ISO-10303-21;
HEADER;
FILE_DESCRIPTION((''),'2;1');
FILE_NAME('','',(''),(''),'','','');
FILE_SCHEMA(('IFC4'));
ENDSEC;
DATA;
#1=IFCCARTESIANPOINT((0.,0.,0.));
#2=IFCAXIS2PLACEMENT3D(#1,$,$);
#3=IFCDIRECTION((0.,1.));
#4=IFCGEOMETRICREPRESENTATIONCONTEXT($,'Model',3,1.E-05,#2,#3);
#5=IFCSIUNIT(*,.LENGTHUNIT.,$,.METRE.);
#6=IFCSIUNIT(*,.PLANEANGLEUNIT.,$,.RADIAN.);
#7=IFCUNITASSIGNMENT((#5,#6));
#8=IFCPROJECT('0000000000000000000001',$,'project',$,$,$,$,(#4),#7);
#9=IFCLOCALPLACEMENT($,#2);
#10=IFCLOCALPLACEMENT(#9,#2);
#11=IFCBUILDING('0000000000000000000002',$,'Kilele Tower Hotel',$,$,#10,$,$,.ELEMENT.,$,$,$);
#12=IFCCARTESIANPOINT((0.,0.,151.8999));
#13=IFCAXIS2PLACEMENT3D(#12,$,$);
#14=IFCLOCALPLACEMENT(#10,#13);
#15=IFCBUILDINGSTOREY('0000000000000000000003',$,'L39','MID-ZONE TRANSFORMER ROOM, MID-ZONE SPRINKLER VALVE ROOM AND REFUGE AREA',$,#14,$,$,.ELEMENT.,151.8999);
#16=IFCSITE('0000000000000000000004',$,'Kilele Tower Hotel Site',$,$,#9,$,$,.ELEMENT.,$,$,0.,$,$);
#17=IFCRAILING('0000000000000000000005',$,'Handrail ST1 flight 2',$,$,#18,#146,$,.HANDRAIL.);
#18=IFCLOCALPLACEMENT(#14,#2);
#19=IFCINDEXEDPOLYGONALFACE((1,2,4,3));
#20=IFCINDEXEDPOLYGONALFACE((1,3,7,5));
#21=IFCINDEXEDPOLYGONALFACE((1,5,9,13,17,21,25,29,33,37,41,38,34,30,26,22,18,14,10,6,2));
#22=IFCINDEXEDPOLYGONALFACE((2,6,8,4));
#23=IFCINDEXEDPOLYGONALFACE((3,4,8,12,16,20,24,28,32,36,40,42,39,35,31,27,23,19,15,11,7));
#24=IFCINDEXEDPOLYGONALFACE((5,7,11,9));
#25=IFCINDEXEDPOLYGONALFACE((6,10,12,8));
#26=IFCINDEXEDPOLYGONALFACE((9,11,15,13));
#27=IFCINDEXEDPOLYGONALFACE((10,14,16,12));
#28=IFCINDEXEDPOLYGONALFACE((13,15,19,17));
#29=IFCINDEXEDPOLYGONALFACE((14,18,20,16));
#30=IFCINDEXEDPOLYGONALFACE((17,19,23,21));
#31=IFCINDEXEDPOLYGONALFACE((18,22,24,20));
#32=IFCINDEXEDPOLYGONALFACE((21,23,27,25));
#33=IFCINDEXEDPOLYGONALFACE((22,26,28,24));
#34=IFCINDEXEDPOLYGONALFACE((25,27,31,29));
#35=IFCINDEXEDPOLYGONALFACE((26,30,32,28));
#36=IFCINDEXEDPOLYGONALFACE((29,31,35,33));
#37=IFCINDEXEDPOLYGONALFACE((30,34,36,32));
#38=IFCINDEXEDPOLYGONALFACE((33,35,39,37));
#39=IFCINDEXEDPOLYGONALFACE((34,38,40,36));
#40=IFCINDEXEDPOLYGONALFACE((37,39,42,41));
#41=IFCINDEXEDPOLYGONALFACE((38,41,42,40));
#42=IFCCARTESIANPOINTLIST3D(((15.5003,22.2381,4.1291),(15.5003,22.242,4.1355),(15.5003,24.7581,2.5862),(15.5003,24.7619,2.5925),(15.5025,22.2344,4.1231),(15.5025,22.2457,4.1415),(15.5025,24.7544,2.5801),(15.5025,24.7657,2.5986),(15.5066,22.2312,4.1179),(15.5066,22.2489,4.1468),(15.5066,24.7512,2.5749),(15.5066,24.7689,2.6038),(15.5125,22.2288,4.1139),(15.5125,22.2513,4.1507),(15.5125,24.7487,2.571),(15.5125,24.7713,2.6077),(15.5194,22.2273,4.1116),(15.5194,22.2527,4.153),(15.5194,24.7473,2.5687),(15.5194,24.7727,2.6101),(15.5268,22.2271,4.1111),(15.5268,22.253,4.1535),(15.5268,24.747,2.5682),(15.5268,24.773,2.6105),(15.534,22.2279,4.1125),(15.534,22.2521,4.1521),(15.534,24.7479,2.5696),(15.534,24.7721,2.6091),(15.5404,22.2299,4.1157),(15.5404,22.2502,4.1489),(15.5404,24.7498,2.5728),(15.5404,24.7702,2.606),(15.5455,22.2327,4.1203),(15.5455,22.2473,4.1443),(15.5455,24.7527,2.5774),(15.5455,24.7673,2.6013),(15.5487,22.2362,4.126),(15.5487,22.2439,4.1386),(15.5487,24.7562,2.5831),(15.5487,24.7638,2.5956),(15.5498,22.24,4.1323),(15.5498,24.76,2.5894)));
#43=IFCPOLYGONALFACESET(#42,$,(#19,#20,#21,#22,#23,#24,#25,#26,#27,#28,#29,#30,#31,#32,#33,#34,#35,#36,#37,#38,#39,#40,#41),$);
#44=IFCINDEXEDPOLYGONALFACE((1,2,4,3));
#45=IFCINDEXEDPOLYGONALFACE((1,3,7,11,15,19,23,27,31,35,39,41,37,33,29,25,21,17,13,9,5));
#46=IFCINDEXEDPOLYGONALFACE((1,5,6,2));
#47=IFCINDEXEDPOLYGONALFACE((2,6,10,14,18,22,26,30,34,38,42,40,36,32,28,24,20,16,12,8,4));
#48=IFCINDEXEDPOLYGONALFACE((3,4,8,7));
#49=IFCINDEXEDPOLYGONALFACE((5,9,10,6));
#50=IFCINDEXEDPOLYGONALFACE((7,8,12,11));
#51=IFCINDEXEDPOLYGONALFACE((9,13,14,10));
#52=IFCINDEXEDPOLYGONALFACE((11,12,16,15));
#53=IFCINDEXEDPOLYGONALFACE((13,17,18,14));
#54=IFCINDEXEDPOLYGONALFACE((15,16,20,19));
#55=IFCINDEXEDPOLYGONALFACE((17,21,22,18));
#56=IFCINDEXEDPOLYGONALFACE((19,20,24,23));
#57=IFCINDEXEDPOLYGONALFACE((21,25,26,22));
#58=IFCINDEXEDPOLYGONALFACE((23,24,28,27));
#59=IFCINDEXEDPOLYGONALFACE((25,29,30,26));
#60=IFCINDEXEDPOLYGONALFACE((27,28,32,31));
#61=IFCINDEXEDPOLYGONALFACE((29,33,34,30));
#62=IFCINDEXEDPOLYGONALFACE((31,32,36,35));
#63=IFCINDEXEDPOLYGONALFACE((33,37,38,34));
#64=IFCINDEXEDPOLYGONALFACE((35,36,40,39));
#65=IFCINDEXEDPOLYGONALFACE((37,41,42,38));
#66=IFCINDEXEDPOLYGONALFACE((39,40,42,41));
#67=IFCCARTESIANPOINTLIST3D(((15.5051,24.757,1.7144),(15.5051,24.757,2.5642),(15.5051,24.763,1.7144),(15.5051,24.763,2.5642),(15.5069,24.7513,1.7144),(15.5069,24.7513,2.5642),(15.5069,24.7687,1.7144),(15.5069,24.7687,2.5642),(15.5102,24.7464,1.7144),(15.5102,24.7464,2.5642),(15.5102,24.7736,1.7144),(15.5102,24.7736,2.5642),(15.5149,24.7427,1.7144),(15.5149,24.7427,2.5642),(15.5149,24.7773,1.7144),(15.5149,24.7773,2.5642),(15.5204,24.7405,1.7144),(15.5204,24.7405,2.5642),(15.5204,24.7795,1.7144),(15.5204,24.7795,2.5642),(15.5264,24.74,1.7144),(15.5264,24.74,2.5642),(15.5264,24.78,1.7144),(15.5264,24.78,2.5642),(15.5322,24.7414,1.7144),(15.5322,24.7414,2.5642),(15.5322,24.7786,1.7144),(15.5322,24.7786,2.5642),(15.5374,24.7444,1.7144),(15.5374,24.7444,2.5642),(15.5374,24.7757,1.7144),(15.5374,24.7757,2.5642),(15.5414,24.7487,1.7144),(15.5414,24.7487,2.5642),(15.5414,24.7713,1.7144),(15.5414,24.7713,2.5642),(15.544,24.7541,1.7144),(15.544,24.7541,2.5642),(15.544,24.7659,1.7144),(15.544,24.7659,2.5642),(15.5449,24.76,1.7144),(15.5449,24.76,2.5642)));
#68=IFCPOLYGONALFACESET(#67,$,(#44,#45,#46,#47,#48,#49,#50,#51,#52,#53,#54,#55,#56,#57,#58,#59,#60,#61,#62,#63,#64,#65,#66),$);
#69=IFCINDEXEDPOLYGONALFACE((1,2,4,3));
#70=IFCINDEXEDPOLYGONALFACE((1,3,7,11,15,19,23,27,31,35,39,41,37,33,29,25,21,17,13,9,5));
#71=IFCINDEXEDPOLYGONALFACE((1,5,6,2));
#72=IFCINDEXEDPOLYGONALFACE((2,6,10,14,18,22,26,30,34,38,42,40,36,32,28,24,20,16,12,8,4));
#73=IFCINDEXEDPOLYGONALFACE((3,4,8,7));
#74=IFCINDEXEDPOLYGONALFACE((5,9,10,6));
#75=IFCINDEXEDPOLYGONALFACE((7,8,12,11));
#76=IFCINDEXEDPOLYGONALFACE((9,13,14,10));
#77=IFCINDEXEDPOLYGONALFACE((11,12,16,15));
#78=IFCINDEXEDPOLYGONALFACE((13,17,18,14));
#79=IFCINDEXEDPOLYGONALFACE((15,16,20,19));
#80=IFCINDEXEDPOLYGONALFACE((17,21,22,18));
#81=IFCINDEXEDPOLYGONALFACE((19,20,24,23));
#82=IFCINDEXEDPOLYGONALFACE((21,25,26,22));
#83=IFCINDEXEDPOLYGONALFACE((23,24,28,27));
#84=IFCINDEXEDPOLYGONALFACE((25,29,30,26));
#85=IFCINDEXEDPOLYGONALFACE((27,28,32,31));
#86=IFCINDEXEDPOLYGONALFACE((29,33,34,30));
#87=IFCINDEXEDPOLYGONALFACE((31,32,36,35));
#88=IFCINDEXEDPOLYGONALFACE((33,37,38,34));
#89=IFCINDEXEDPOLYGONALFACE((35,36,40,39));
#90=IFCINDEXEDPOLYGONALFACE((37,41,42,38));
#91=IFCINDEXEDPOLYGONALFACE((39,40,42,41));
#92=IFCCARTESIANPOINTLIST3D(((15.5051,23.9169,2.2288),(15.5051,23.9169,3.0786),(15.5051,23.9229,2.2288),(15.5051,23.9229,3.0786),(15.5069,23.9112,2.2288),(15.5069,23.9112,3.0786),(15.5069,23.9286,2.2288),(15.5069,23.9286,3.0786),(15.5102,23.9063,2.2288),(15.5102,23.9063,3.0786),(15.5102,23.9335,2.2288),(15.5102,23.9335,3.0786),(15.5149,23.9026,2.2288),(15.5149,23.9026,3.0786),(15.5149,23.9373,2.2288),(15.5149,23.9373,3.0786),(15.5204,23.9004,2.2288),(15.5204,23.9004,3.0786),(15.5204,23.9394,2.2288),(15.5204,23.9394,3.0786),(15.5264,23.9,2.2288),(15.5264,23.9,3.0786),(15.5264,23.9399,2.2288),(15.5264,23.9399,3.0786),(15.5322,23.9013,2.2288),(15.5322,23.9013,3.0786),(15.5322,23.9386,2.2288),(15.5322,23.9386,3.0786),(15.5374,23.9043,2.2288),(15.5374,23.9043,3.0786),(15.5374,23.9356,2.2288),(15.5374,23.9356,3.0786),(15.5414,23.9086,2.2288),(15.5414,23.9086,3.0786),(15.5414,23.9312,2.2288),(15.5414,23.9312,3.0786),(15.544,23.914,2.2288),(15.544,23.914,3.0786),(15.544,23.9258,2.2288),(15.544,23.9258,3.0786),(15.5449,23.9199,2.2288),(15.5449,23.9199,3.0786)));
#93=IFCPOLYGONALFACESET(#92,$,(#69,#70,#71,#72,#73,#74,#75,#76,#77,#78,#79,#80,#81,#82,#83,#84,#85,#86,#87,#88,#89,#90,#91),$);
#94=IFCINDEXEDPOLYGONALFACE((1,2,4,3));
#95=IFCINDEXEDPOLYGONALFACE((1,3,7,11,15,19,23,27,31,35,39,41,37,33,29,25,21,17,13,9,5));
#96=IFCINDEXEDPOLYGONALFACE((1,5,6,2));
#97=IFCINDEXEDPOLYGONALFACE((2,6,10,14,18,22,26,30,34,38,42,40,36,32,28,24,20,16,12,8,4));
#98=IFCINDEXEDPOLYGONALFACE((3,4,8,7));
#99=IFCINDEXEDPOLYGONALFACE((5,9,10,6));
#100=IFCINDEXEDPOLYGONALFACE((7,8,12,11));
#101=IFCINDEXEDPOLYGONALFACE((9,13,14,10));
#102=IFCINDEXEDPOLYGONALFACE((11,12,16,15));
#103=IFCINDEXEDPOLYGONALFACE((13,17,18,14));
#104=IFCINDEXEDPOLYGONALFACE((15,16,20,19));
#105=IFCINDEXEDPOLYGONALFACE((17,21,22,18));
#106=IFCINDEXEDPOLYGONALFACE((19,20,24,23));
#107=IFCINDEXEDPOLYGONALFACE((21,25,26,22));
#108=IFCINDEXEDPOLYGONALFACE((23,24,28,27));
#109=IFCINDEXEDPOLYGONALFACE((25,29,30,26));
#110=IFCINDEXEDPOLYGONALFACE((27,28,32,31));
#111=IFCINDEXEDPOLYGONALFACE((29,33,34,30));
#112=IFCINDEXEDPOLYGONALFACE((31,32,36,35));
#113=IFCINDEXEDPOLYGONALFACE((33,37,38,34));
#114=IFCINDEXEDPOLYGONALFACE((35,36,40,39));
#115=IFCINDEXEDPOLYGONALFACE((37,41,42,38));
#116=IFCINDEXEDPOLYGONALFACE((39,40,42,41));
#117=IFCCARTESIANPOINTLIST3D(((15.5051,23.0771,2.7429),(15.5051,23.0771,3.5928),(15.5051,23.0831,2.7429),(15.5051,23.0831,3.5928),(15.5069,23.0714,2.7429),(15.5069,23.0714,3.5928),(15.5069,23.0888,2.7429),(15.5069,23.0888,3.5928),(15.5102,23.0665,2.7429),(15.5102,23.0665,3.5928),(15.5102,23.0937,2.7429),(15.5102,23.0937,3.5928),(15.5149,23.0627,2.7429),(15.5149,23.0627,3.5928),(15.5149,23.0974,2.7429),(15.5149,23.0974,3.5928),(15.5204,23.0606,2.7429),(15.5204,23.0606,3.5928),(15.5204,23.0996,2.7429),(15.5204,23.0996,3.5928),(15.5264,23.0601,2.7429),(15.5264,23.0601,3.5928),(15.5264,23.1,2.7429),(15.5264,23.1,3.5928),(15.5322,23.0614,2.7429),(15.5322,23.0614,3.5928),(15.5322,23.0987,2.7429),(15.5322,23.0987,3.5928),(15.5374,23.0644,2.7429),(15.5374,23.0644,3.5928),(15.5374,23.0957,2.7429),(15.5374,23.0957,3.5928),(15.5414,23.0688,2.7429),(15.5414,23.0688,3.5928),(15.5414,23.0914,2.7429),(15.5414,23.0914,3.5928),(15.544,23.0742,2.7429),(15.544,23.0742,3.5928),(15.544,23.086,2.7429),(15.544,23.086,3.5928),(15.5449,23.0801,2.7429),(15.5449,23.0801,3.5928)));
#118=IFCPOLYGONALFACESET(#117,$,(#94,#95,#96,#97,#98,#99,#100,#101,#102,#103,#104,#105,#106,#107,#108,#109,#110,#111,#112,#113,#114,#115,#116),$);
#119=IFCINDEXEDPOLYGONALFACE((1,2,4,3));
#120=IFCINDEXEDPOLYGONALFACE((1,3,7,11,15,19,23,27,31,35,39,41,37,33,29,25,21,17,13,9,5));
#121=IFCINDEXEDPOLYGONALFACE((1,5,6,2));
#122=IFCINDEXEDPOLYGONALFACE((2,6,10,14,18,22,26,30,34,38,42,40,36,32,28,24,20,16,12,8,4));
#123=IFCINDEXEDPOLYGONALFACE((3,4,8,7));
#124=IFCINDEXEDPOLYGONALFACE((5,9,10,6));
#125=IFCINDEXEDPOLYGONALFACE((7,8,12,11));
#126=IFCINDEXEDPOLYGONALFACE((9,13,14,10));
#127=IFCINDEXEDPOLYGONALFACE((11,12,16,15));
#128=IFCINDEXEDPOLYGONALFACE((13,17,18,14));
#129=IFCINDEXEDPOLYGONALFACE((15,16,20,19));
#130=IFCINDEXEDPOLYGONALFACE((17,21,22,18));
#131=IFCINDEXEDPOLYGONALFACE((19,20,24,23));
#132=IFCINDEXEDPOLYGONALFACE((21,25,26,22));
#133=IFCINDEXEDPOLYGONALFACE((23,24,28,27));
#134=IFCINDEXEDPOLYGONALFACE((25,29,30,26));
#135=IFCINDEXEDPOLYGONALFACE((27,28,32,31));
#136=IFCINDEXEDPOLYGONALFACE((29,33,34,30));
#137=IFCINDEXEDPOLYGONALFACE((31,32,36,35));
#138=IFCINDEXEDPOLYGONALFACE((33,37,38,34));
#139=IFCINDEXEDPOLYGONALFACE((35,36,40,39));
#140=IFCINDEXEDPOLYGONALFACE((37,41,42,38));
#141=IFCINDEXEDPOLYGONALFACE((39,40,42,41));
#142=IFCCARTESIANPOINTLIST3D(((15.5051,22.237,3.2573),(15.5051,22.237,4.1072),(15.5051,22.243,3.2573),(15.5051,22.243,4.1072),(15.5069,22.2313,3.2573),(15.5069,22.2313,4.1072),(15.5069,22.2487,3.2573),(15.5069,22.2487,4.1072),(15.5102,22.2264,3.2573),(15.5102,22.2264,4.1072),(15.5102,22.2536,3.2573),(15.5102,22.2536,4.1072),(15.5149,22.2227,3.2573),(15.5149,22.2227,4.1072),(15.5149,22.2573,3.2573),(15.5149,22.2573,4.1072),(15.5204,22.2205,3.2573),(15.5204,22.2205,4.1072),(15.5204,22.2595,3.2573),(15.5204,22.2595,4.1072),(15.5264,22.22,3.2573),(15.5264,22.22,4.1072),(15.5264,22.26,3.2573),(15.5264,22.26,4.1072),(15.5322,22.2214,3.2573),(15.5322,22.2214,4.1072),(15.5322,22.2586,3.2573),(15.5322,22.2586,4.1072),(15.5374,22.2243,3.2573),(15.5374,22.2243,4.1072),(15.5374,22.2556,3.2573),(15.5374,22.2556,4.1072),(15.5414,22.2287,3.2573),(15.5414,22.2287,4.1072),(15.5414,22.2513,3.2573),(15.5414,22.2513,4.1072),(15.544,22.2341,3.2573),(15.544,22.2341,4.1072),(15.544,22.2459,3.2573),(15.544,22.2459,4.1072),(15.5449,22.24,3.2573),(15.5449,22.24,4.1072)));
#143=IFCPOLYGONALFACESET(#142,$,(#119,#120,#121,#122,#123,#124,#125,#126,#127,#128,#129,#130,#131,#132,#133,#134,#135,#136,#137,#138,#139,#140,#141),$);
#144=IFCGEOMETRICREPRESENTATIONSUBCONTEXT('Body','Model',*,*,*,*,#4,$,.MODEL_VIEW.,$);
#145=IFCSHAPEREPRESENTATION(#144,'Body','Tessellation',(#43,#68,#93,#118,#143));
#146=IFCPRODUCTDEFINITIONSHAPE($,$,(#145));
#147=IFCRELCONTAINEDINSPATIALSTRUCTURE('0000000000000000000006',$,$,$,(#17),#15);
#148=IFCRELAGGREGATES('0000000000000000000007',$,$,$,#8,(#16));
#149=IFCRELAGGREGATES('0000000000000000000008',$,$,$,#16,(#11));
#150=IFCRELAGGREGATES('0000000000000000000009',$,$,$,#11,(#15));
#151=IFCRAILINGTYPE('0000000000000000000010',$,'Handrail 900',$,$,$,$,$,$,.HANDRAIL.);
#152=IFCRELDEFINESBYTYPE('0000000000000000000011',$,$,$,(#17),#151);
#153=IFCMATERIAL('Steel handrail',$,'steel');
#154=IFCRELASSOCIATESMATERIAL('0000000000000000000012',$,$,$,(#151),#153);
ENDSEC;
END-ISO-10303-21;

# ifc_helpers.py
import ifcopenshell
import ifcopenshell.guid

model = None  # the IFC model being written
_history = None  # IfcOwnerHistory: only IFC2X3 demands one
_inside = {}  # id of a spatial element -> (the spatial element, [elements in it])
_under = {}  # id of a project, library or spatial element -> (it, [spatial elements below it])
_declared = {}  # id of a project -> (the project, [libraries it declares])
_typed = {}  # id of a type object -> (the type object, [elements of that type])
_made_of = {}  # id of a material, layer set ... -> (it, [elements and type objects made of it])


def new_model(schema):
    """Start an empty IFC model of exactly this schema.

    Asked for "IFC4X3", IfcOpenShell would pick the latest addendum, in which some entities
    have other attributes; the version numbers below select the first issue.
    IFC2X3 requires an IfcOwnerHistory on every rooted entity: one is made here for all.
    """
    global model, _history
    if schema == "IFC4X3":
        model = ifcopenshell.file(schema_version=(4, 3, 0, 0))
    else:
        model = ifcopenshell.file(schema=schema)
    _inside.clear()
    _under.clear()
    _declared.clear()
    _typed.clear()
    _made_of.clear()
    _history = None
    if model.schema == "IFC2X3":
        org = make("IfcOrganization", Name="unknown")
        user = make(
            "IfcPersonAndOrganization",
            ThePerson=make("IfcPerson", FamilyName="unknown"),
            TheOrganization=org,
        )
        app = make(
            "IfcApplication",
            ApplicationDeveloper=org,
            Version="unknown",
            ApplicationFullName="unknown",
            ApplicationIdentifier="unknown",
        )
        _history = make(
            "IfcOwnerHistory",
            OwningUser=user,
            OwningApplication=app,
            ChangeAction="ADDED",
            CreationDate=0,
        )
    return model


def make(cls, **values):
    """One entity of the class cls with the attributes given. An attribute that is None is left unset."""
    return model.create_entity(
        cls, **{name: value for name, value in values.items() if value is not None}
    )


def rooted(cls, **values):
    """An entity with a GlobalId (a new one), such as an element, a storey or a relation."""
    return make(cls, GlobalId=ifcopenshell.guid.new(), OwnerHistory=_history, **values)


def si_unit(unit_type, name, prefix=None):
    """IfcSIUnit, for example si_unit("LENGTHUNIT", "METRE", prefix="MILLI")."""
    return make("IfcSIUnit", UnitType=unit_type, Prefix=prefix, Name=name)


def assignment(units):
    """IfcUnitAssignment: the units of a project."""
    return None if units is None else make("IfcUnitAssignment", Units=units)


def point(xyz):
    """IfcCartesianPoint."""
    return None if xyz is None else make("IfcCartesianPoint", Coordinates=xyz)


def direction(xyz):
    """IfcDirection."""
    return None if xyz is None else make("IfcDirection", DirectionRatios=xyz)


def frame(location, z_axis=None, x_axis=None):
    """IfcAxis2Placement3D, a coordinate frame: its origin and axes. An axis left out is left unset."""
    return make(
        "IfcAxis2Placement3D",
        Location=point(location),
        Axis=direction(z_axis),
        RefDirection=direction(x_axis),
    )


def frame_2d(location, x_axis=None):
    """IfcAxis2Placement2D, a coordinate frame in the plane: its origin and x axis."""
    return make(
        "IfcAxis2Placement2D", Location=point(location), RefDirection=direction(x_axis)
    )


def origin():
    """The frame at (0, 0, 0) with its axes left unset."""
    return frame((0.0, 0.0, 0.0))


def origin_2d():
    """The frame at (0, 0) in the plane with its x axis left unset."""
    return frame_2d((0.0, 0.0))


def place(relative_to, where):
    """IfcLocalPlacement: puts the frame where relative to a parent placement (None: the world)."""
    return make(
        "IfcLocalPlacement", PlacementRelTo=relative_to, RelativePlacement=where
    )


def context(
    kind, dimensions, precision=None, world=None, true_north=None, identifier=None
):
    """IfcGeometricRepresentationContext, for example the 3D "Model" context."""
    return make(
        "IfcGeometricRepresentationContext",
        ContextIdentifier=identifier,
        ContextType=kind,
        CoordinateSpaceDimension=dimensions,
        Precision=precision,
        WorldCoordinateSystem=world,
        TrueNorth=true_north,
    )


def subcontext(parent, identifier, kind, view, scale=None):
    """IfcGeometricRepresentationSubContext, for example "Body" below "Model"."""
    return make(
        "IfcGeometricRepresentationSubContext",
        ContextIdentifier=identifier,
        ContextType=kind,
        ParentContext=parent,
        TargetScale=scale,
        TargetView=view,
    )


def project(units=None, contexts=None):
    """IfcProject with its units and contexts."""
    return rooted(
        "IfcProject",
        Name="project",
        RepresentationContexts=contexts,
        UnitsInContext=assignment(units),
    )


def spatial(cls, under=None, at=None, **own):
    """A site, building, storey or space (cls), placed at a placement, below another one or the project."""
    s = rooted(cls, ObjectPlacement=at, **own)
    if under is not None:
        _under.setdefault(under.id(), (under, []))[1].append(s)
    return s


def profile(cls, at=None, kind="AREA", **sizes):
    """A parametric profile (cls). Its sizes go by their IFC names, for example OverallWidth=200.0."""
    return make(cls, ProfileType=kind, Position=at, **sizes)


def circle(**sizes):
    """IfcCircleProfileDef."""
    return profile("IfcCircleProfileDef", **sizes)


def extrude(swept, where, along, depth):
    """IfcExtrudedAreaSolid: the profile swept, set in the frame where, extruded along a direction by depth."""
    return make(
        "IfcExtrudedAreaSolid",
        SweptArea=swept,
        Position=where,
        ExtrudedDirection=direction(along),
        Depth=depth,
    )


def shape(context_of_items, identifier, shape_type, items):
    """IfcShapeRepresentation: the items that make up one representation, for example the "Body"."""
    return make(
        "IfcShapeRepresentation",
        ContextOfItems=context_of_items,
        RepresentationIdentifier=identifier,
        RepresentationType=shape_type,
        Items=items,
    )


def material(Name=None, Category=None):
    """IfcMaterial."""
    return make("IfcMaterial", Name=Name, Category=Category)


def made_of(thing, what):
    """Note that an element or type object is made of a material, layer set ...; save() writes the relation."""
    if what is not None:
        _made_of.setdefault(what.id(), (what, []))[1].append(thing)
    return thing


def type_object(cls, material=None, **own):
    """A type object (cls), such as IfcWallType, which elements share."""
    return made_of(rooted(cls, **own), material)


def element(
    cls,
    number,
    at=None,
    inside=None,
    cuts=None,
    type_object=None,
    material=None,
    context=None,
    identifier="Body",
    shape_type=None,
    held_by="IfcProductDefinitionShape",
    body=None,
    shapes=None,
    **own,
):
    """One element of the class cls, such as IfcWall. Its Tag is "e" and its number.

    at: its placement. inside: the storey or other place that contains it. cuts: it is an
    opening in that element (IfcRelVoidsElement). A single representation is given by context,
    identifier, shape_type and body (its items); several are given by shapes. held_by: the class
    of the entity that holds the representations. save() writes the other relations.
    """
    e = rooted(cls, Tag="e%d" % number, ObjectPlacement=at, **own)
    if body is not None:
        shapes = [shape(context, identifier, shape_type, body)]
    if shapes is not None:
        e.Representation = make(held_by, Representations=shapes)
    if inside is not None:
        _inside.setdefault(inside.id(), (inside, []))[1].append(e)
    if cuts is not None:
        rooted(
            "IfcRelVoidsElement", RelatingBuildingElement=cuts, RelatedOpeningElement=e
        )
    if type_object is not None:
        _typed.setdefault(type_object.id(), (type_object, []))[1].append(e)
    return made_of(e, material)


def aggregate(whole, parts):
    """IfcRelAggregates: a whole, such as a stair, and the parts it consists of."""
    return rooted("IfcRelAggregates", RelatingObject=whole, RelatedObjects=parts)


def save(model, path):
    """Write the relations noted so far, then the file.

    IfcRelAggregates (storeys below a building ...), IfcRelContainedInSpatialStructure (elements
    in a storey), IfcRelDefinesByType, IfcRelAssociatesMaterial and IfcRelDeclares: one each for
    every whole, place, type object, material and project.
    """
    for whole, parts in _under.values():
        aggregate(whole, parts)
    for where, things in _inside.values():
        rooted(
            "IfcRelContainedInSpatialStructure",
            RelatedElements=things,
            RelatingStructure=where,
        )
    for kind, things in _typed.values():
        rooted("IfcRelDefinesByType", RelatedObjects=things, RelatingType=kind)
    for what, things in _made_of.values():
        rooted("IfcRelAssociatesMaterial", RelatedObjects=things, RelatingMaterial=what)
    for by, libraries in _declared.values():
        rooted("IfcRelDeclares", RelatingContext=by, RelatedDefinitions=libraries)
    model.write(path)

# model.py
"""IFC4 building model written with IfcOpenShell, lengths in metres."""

from ifc_helpers import new_model, si_unit, direction, frame, origin, origin_2d, place, context, subcontext, project, spatial, circle, extrude, material, type_object, element, save


model = new_model("IFC4")

# Units and contexts
model_context = context("Model", 3, precision=1e-05, world=origin(), true_north=direction((0.0, 1.0)))
body_context = subcontext(model_context, "Body", "Model", "MODEL_VIEW")
ifc_project = project(units=[si_unit("LENGTHUNIT", "METRE"), si_unit("PLANEANGLEUNIT", "RADIAN")], contexts=[model_context])

# Site, building, storey
site_placement = place(None, origin())
site = spatial("IfcSite", under=ifc_project, at=site_placement, Name="Kilele Tower Hotel Site", CompositionType="ELEMENT", RefElevation=0.0)
building_placement = place(site_placement, origin())
building = spatial("IfcBuilding", under=site, at=building_placement, Name="Kilele Tower Hotel", CompositionType="ELEMENT")
storey_placement = place(building_placement, frame((0.0, 0.0, 151.8999)))
storey = spatial("IfcBuildingStorey", under=building, at=storey_placement, Name="L39", Description="MID-ZONE TRANSFORMER ROOM, MID-ZONE SPRINKLER VALVE ROOM AND REFUGE AREA", CompositionType="ELEMENT", Elevation=151.8999)

# Railing
ifc_material_1 = material(Name="Steel handrail", Category="steel")
railing_type_1 = type_object("IfcRailingType", Name="Handrail 900", PredefinedType="HANDRAIL", material=ifc_material_1)
for number, where, name in (
    (1, (15.5249, 24.76, 1.7144), "Handrail ST1 flight 2"),
):
    element("IfcRailing", number, at=place(storey_placement, frame(where)), inside=storey, type_object=railing_type_1, Name=name, PredefinedType="HANDRAIL", context=body_context, shape_type="SweptSolid", body=[
        extrude(circle(Radius=0.0249, at=origin_2d()), frame((0.0, 0.0, 0.875), z_axis=(0.0, -0.852836, 0.522178), x_axis=(1.0, 0.0, 0.0)), (0.0, 0.0, 1.0), 2.9548),
        extrude(circle(Radius=0.02, at=origin_2d()), origin(), (0.0, 0.0, 1.0), 0.8499),
        extrude(circle(Radius=0.02, at=origin_2d()), frame((0.0, -0.8401, 0.5144)), (0.0, 0.0, 1.0), 0.8499),
        extrude(circle(Radius=0.02, at=origin_2d()), frame((0.0, -1.6799, 1.0286)), (0.0, 0.0, 1.0), 0.8499),
        extrude(circle(Radius=0.02, at=origin_2d()), frame((0.0, -2.52, 1.543)), (0.0, 0.0, 1.0), 0.8499),
    ])

save(model, "model.ifc")
